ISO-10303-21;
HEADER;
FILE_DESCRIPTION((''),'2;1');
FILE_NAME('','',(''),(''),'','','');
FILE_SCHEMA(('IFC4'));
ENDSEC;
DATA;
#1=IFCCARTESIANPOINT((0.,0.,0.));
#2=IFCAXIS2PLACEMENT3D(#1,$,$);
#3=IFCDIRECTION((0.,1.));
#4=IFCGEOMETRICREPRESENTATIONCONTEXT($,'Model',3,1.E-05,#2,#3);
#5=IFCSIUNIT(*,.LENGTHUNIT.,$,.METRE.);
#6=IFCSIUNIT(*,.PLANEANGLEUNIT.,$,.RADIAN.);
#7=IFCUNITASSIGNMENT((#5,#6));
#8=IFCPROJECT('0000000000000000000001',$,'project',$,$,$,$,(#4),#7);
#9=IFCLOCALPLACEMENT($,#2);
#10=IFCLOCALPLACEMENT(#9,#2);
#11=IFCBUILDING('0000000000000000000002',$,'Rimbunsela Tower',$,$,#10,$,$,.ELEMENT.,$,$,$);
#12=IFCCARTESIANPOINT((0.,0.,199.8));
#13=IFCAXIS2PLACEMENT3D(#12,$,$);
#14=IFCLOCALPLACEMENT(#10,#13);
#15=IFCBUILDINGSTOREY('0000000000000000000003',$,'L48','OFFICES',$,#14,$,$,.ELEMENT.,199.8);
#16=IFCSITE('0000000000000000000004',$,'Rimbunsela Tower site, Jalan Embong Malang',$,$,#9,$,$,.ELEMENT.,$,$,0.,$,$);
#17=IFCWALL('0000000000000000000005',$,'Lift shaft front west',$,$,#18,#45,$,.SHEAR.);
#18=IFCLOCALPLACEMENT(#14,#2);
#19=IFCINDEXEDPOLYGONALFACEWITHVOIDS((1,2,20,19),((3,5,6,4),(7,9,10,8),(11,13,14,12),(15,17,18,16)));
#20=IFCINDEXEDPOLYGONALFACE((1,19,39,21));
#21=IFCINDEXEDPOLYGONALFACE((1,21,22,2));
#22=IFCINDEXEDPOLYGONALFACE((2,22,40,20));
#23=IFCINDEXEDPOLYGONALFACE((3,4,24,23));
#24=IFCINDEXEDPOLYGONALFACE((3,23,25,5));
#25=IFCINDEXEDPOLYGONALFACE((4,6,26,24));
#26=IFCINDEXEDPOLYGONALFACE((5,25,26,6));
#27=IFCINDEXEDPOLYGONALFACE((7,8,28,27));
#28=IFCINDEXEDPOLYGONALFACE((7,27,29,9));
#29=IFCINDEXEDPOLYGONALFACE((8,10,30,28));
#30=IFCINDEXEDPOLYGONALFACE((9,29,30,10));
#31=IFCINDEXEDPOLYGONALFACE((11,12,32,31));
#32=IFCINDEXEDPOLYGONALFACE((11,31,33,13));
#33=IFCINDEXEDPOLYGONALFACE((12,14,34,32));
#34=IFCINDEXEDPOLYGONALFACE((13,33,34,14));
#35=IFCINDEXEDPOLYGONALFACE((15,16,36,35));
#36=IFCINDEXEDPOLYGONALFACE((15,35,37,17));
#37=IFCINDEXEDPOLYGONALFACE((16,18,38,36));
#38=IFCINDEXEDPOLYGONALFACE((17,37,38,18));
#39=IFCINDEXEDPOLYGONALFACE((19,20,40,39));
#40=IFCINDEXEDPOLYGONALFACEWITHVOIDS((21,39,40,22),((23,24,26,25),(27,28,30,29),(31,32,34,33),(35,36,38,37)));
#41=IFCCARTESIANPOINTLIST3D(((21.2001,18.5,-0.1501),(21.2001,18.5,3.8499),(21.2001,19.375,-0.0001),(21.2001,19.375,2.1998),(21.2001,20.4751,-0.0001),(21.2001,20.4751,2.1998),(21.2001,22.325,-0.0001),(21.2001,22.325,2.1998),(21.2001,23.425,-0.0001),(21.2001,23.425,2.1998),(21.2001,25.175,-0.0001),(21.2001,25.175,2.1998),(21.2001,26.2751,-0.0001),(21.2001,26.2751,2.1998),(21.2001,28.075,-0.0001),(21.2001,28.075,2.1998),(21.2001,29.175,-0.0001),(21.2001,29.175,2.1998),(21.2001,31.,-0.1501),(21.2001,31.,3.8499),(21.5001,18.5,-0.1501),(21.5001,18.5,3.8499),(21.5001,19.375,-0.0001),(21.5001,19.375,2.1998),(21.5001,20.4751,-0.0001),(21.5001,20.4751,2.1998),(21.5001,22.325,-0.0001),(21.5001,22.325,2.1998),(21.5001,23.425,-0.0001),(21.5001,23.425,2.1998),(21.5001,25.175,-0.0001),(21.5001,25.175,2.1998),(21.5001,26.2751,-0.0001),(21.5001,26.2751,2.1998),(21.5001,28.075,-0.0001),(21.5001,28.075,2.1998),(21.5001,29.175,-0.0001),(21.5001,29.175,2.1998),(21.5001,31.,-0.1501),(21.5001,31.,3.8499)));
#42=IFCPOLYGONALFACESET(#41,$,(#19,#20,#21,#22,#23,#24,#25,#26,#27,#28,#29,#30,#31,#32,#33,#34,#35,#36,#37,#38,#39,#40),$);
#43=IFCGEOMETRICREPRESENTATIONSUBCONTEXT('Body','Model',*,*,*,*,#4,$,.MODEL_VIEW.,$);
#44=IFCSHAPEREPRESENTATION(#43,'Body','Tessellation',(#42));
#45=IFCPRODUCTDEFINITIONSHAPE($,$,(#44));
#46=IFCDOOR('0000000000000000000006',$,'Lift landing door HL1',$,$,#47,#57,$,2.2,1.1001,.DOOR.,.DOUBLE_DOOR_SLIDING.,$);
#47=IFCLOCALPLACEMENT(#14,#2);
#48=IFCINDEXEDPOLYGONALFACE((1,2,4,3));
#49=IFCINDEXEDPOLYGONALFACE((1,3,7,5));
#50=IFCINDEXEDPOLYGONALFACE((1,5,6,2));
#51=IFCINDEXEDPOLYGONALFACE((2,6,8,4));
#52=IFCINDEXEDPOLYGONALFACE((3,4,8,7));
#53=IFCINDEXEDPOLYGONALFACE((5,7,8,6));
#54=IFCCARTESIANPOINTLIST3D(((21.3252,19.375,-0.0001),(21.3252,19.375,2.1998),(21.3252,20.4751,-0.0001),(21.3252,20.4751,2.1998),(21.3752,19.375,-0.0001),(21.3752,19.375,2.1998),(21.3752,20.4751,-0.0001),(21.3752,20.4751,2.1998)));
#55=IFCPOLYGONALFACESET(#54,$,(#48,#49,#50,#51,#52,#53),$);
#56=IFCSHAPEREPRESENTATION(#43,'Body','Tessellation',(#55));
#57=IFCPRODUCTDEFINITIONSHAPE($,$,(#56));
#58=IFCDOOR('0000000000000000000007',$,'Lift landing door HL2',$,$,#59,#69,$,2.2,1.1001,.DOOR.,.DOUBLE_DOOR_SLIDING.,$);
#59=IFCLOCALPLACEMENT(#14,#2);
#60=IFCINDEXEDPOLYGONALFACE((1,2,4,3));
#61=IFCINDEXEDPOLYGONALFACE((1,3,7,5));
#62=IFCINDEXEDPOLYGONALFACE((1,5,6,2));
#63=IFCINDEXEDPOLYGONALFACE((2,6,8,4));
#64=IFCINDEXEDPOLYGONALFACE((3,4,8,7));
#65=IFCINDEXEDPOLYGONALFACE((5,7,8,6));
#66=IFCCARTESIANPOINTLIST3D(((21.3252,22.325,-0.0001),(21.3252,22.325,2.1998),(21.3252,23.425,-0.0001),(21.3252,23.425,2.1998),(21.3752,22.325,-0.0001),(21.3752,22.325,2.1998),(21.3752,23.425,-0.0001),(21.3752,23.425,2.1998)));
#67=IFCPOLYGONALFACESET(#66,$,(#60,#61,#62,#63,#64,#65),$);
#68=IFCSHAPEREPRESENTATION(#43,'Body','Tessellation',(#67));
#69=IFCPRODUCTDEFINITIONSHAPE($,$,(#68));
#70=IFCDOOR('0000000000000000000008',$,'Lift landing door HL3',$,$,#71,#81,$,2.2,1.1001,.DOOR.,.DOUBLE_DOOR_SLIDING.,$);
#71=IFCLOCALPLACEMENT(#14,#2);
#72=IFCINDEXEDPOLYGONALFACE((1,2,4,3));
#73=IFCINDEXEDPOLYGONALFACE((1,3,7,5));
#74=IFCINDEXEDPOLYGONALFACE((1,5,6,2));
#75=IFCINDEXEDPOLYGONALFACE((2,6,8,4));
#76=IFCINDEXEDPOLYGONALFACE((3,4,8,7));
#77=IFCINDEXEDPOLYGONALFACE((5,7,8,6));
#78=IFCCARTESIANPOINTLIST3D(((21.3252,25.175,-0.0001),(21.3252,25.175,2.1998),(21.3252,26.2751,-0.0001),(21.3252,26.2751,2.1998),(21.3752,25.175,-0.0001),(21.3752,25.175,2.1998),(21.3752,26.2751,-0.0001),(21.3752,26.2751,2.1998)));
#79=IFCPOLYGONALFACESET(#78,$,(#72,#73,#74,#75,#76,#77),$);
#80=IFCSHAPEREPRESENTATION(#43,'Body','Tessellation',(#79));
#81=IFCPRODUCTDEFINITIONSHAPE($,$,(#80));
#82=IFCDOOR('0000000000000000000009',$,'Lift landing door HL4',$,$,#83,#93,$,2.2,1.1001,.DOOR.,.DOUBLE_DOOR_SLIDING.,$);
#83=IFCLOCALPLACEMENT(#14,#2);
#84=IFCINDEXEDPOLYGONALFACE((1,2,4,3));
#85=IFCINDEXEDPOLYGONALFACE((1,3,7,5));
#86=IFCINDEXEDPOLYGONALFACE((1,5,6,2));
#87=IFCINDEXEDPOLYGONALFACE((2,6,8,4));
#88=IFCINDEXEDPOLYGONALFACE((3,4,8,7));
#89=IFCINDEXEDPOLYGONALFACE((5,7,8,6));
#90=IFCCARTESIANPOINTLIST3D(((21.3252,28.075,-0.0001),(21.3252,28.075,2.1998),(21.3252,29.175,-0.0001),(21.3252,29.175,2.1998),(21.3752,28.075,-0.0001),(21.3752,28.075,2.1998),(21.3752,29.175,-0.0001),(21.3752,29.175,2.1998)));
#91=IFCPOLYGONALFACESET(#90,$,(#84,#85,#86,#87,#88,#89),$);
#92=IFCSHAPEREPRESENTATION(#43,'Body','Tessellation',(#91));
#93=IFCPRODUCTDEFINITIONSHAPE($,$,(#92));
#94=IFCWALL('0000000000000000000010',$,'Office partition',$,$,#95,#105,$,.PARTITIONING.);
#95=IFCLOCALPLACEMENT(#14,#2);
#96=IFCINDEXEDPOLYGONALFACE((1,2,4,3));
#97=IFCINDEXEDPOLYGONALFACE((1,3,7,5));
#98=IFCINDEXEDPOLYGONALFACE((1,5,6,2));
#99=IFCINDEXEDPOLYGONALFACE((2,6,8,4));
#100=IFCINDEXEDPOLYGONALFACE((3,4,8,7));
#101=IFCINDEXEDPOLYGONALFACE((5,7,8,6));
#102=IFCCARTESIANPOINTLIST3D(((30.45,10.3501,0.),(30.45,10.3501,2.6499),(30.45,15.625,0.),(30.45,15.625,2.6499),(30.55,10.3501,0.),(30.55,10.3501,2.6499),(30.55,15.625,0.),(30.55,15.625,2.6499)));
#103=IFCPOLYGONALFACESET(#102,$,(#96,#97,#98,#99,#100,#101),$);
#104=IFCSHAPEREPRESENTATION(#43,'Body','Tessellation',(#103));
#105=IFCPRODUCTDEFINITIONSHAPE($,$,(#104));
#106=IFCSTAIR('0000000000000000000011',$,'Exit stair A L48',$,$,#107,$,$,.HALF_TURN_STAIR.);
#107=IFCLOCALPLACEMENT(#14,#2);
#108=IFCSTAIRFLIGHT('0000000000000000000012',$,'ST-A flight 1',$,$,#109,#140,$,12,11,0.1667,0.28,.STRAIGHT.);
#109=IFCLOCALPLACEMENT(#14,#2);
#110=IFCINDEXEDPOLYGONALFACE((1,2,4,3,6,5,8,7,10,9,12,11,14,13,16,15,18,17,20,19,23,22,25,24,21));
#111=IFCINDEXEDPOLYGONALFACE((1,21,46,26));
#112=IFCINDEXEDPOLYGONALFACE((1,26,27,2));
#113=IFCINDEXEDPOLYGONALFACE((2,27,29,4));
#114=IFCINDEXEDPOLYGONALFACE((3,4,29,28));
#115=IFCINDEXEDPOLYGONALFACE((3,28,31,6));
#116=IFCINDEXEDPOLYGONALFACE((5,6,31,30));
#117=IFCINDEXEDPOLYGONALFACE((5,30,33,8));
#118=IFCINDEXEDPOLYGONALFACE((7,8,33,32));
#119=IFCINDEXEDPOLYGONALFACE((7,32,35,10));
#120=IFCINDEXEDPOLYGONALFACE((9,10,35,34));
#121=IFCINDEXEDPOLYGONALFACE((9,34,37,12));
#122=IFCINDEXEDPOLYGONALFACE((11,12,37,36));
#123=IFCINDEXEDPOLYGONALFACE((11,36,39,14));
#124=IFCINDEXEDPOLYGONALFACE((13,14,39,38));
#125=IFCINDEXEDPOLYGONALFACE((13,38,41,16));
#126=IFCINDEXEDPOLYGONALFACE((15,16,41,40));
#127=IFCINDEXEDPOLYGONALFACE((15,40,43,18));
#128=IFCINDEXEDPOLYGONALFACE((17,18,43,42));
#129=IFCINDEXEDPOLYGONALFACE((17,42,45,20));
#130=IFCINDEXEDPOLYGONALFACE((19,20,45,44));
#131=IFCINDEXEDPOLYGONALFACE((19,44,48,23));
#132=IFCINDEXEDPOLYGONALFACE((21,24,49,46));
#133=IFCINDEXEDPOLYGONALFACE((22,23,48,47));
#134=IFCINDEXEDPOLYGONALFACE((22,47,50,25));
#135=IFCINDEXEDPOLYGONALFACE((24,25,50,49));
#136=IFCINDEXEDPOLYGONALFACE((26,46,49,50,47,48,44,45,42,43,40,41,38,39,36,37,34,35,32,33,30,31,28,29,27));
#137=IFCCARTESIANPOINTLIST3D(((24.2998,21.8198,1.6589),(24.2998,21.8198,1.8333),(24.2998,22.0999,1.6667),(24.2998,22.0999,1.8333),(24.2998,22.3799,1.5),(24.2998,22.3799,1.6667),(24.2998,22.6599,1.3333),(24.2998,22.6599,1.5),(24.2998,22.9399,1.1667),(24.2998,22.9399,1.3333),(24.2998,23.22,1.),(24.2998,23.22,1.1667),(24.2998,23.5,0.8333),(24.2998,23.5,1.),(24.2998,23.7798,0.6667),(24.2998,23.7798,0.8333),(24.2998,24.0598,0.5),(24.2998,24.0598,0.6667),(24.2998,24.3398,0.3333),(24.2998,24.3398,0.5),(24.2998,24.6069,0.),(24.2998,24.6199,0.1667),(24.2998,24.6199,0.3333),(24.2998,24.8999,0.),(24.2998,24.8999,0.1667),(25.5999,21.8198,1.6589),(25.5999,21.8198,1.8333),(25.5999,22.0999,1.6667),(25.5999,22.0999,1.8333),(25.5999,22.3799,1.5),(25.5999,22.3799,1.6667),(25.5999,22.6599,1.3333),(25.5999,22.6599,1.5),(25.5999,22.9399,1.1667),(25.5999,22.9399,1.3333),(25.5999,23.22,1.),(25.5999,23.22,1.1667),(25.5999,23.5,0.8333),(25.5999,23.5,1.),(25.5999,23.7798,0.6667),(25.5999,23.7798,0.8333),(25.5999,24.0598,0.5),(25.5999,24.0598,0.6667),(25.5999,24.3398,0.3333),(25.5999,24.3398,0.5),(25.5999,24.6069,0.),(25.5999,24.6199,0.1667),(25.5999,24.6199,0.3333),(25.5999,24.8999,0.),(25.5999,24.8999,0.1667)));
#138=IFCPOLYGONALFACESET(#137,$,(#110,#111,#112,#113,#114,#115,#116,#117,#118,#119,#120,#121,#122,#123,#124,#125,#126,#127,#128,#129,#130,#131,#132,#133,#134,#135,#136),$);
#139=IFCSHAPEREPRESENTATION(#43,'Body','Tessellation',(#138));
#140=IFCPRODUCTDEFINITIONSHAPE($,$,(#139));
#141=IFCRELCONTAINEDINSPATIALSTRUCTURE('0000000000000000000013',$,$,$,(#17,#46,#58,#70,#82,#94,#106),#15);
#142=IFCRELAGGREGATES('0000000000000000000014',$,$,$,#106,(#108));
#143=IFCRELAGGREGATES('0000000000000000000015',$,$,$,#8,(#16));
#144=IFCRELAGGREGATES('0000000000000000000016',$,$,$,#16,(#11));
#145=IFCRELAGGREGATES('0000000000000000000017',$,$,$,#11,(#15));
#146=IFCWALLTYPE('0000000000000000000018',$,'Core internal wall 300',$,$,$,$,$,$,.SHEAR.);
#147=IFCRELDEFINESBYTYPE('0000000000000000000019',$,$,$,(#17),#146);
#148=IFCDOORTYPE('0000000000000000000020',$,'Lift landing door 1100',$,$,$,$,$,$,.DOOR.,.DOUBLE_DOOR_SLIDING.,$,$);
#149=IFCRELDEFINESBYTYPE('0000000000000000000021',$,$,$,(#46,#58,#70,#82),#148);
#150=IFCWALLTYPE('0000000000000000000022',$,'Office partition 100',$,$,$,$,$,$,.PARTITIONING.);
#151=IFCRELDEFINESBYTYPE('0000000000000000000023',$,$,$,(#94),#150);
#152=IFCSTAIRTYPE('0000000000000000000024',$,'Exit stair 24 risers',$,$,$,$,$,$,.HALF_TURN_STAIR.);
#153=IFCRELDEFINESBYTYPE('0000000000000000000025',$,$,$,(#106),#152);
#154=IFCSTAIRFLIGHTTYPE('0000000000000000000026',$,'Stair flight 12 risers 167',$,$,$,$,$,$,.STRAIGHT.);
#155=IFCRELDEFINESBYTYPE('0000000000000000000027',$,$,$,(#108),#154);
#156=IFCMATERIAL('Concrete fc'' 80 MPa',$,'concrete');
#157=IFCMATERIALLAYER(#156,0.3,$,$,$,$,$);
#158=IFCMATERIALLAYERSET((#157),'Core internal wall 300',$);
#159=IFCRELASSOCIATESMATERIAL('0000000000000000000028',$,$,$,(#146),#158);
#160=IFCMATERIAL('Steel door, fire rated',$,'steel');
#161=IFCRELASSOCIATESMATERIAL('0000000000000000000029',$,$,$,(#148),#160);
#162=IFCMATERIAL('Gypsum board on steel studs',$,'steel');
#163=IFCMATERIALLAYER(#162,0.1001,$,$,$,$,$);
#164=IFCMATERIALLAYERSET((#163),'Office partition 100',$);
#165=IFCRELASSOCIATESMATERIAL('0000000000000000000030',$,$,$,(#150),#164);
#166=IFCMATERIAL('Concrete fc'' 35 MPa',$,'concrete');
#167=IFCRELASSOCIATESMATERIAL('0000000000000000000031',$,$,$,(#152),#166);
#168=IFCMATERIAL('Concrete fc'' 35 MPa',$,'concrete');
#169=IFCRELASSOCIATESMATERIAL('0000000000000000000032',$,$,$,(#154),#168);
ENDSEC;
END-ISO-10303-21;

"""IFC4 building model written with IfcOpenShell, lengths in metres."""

from ifc_helpers import new_model, si_unit, direction, frame, frame_2d, origin, place, context, subcontext, project, spatial, polyline, rectangle, outline, extrude, material, layer, layer_set, type_object, element, fill, aggregate, save


model = new_model("IFC4")

# Units and contexts
model_context = context("Model", 3, precision=1e-05, world=origin(), true_north=direction((0.0, 1.0)))
body_context = subcontext(model_context, "Body", "Model", "MODEL_VIEW")
ifc_project = project(units=[si_unit("LENGTHUNIT", "METRE"), si_unit("PLANEANGLEUNIT", "RADIAN")], contexts=[model_context])

# Site, building, storey
site_placement = place(None, origin())
site = spatial("IfcSite", under=ifc_project, at=site_placement, Name="Rimbunsela Tower site, Jalan Embong Malang", CompositionType="ELEMENT", RefElevation=0.0)
building_placement = place(site_placement, origin())
building = spatial("IfcBuilding", under=site, at=building_placement, Name="Rimbunsela Tower", CompositionType="ELEMENT")
storey_placement = place(building_placement, frame((0.0, 0.0, 199.8)))
storey = spatial("IfcBuildingStorey", under=building, at=storey_placement, Name="L48", Description="OFFICES", CompositionType="ELEMENT", Elevation=199.8)

# Shared definitions
ifc_material_1 = material(Name="Concrete fc' 80 MPa", Category="concrete")
ifc_layer_1 = layer(ifc_material_1, 0.3)
ifc_layer_set_1 = layer_set([ifc_layer_1], Name="Core internal wall 300")
wall_type_1 = type_object("IfcWallType", Name="Core internal wall 300", PredefinedType="SHEAR", material=ifc_layer_set_1)

# Wall, openings, doors
wall_1_placement = place(storey_placement, frame((21.3501, 18.5, -0.1501), z_axis=(0.0, 0.0, 1.0), x_axis=(0.0, 1.0, 0.0)))
wall_1 = element("IfcWall", 1, at=wall_1_placement, inside=storey, type_object=wall_type_1, Name="Lift shaft front west", PredefinedType="SHEAR", context=body_context, shape_type="SweptSolid", body=[
    extrude(rectangle(XDim=12.5, YDim=0.3, at=frame_2d((6.25, 0.0))), origin(), (0.0, 0.0, 1.0), 4.0),
])
opening_1_placement = place(wall_1_placement, frame((0.875, 0.0, 0.1499)))
opening_1 = element("IfcOpeningElement", 2, at=opening_1_placement, cuts=wall_1, PredefinedType="OPENING", context=body_context, shape_type="SweptSolid", body=[
    extrude(rectangle(XDim=1.1001, YDim=2.2, at=frame_2d((0.55, 1.1001))), frame((0.0, 0.1599, 0.0), z_axis=(0.0, -1.0, 0.0), x_axis=(1.0, 0.0, 0.0)), (0.0, 0.0, 1.0), 0.3201),
])
opening_2_placement = place(wall_1_placement, frame((3.825, 0.0, 0.1499)))
opening_2 = element("IfcOpeningElement", 3, at=opening_2_placement, cuts=wall_1, PredefinedType="OPENING", context=body_context, shape_type="SweptSolid", body=[
    extrude(rectangle(XDim=1.1001, YDim=2.2, at=frame_2d((0.55, 1.1001))), frame((0.0, 0.1599, 0.0), z_axis=(0.0, -1.0, 0.0), x_axis=(1.0, 0.0, 0.0)), (0.0, 0.0, 1.0), 0.3201),
])
opening_3_placement = place(wall_1_placement, frame((6.675, 0.0, 0.1499)))
opening_3 = element("IfcOpeningElement", 4, at=opening_3_placement, cuts=wall_1, PredefinedType="OPENING", context=body_context, shape_type="SweptSolid", body=[
    extrude(rectangle(XDim=1.1001, YDim=2.2, at=frame_2d((0.55, 1.1001))), frame((0.0, 0.1599, 0.0), z_axis=(0.0, -1.0, 0.0), x_axis=(1.0, 0.0, 0.0)), (0.0, 0.0, 1.0), 0.3201),
])
opening_4_placement = place(wall_1_placement, frame((9.575, 0.0, 0.1499)))
opening_4 = element("IfcOpeningElement", 5, at=opening_4_placement, cuts=wall_1, PredefinedType="OPENING", context=body_context, shape_type="SweptSolid", body=[
    extrude(rectangle(XDim=1.1001, YDim=2.2, at=frame_2d((0.55, 1.1001))), frame((0.0, 0.1599, 0.0), z_axis=(0.0, -1.0, 0.0), x_axis=(1.0, 0.0, 0.0)), (0.0, 0.0, 1.0), 0.3201),
])
ifc_material_2 = material(Name="Steel door, fire rated", Category="steel")
door_type_1 = type_object("IfcDoorType", Name="Lift landing door 1100", OperationType="DOUBLE_DOOR_SLIDING", PredefinedType="DOOR", material=ifc_material_2)
door_1_placement = place(opening_1_placement, origin())
door_1 = element("IfcDoor", 6, at=door_1_placement, inside=storey, type_object=door_type_1, Name="Lift landing door HL1", OperationType="DOUBLE_DOOR_SLIDING", OverallHeight=2.2, OverallWidth=1.1001, PredefinedType="DOOR", context=body_context, shape_type="SweptSolid", body=[
    extrude(rectangle(XDim=1.1001, YDim=2.2, at=frame_2d((0.55, 1.1001))), frame((0.0, 0.0249, 0.0), z_axis=(0.0, -1.0, 0.0), x_axis=(1.0, 0.0, 0.0)), (0.0, 0.0, 1.0), 0.05),
])
fill(opening_1, door_1)
door_2_placement = place(opening_2_placement, origin())
door_2 = element("IfcDoor", 7, at=door_2_placement, inside=storey, type_object=door_type_1, Name="Lift landing door HL2", OperationType="DOUBLE_DOOR_SLIDING", OverallHeight=2.2, OverallWidth=1.1001, PredefinedType="DOOR", context=body_context, shape_type="SweptSolid", body=[
    extrude(rectangle(XDim=1.1001, YDim=2.2, at=frame_2d((0.55, 1.1001))), frame((0.0, 0.0249, 0.0), z_axis=(0.0, -1.0, 0.0), x_axis=(1.0, 0.0, 0.0)), (0.0, 0.0, 1.0), 0.05),
])
fill(opening_2, door_2)
door_3_placement = place(opening_3_placement, origin())
door_3 = element("IfcDoor", 8, at=door_3_placement, inside=storey, type_object=door_type_1, Name="Lift landing door HL3", OperationType="DOUBLE_DOOR_SLIDING", OverallHeight=2.2, OverallWidth=1.1001, PredefinedType="DOOR", context=body_context, shape_type="SweptSolid", body=[
    extrude(rectangle(XDim=1.1001, YDim=2.2, at=frame_2d((0.55, 1.1001))), frame((0.0, 0.0249, 0.0), z_axis=(0.0, -1.0, 0.0), x_axis=(1.0, 0.0, 0.0)), (0.0, 0.0, 1.0), 0.05),
])
fill(opening_3, door_3)
door_4_placement = place(opening_4_placement, origin())
door_4 = element("IfcDoor", 9, at=door_4_placement, inside=storey, type_object=door_type_1, Name="Lift landing door HL4", OperationType="DOUBLE_DOOR_SLIDING", OverallHeight=2.2, OverallWidth=1.1001, PredefinedType="DOOR", context=body_context, shape_type="SweptSolid", body=[
    extrude(rectangle(XDim=1.1001, YDim=2.2, at=frame_2d((0.55, 1.1001))), frame((0.0, 0.0249, 0.0), z_axis=(0.0, -1.0, 0.0), x_axis=(1.0, 0.0, 0.0)), (0.0, 0.0, 1.0), 0.05),
])
fill(opening_4, door_4)

# Wall
ifc_material_3 = material(Name="Gypsum board on steel studs", Category="steel")
ifc_layer_2 = layer(ifc_material_3, 0.1001)
ifc_layer_set_2 = layer_set([ifc_layer_2], Name="Office partition 100")
wall_type_2 = type_object("IfcWallType", Name="Office partition 100", PredefinedType="PARTITIONING", material=ifc_layer_set_2)
wall_2_placement = place(storey_placement, frame((30.5, 10.3501, 0.0), z_axis=(0.0, 0.0, 1.0), x_axis=(0.0, 1.0, 0.0)))
element("IfcWall", 10, at=wall_2_placement, inside=storey, type_object=wall_type_2, Name="Office partition", PredefinedType="PARTITIONING", context=body_context, shape_type="SweptSolid", body=[
    extrude(rectangle(XDim=5.2749, YDim=0.1001, at=frame_2d((2.6375, 0.0))), origin(), (0.0, 0.0, 1.0), 2.6499),
])

# Stair, stair flight
ifc_material_4 = material(Name="Concrete fc' 35 MPa", Category="concrete")
stair_type = type_object("IfcStairType", Name="Exit stair 24 risers", PredefinedType="HALF_TURN_STAIR", material=ifc_material_4)
stair_placement = place(storey_placement, origin())
stair = element("IfcStair", 11, at=stair_placement, inside=storey, type_object=stair_type, Name="Exit stair A L48", PredefinedType="HALF_TURN_STAIR")
ifc_material_5 = material(Name="Concrete fc' 35 MPa", Category="concrete")
stair_flight_type = type_object("IfcStairFlightType", Name="Stair flight 12 risers 167", PredefinedType="STRAIGHT", material=ifc_material_5)
stair_flight_1_placement = place(storey_placement, frame((24.95, 24.8999, 0.0), z_axis=(0.0, 0.0, 1.0), x_axis=(0.0, -1.0, 0.0)))
stair_flight_1 = element("IfcStairFlight", 12, at=stair_flight_1_placement, type_object=stair_flight_type, Name="ST-A flight 1", NumberOfRisers=12, NumberOfTreads=11, PredefinedType="STRAIGHT", RiserHeight=0.1667, TreadLength=0.28, context=body_context, shape_type="SweptSolid", body=[
    extrude(outline(polyline([(0.0, 0.0), (0.0, 0.1667), (0.28, 0.1667), (0.28, 0.3333), (0.5601, 0.3333), (0.5601, 0.5), (0.8401, 0.5), (0.8401, 0.6667), (1.1201, 0.6667), (1.1201, 0.8333), (1.3999, 0.8333), (1.3999, 1.0), (1.6799, 1.0), (1.6799, 1.1667), (1.96, 1.1667), (1.96, 1.3333), (2.24, 1.3333), (2.24, 1.5), (2.52, 1.5), (2.52, 1.6667), (2.8, 1.6667), (2.8, 1.8333), (3.0801, 1.8333), (3.0801, 2.0), (3.0801, 1.6589), (0.293, 0.0), (0.0, 0.0)])), frame((0.0, 0.6499, 0.0), z_axis=(0.0, -1.0, 0.0), x_axis=(1.0, 0.0, 0.0)), (0.0, 0.0, 1.0), 1.3),
])
aggregate(stair, [stair_flight_1])

save(model, "model.ifc")
